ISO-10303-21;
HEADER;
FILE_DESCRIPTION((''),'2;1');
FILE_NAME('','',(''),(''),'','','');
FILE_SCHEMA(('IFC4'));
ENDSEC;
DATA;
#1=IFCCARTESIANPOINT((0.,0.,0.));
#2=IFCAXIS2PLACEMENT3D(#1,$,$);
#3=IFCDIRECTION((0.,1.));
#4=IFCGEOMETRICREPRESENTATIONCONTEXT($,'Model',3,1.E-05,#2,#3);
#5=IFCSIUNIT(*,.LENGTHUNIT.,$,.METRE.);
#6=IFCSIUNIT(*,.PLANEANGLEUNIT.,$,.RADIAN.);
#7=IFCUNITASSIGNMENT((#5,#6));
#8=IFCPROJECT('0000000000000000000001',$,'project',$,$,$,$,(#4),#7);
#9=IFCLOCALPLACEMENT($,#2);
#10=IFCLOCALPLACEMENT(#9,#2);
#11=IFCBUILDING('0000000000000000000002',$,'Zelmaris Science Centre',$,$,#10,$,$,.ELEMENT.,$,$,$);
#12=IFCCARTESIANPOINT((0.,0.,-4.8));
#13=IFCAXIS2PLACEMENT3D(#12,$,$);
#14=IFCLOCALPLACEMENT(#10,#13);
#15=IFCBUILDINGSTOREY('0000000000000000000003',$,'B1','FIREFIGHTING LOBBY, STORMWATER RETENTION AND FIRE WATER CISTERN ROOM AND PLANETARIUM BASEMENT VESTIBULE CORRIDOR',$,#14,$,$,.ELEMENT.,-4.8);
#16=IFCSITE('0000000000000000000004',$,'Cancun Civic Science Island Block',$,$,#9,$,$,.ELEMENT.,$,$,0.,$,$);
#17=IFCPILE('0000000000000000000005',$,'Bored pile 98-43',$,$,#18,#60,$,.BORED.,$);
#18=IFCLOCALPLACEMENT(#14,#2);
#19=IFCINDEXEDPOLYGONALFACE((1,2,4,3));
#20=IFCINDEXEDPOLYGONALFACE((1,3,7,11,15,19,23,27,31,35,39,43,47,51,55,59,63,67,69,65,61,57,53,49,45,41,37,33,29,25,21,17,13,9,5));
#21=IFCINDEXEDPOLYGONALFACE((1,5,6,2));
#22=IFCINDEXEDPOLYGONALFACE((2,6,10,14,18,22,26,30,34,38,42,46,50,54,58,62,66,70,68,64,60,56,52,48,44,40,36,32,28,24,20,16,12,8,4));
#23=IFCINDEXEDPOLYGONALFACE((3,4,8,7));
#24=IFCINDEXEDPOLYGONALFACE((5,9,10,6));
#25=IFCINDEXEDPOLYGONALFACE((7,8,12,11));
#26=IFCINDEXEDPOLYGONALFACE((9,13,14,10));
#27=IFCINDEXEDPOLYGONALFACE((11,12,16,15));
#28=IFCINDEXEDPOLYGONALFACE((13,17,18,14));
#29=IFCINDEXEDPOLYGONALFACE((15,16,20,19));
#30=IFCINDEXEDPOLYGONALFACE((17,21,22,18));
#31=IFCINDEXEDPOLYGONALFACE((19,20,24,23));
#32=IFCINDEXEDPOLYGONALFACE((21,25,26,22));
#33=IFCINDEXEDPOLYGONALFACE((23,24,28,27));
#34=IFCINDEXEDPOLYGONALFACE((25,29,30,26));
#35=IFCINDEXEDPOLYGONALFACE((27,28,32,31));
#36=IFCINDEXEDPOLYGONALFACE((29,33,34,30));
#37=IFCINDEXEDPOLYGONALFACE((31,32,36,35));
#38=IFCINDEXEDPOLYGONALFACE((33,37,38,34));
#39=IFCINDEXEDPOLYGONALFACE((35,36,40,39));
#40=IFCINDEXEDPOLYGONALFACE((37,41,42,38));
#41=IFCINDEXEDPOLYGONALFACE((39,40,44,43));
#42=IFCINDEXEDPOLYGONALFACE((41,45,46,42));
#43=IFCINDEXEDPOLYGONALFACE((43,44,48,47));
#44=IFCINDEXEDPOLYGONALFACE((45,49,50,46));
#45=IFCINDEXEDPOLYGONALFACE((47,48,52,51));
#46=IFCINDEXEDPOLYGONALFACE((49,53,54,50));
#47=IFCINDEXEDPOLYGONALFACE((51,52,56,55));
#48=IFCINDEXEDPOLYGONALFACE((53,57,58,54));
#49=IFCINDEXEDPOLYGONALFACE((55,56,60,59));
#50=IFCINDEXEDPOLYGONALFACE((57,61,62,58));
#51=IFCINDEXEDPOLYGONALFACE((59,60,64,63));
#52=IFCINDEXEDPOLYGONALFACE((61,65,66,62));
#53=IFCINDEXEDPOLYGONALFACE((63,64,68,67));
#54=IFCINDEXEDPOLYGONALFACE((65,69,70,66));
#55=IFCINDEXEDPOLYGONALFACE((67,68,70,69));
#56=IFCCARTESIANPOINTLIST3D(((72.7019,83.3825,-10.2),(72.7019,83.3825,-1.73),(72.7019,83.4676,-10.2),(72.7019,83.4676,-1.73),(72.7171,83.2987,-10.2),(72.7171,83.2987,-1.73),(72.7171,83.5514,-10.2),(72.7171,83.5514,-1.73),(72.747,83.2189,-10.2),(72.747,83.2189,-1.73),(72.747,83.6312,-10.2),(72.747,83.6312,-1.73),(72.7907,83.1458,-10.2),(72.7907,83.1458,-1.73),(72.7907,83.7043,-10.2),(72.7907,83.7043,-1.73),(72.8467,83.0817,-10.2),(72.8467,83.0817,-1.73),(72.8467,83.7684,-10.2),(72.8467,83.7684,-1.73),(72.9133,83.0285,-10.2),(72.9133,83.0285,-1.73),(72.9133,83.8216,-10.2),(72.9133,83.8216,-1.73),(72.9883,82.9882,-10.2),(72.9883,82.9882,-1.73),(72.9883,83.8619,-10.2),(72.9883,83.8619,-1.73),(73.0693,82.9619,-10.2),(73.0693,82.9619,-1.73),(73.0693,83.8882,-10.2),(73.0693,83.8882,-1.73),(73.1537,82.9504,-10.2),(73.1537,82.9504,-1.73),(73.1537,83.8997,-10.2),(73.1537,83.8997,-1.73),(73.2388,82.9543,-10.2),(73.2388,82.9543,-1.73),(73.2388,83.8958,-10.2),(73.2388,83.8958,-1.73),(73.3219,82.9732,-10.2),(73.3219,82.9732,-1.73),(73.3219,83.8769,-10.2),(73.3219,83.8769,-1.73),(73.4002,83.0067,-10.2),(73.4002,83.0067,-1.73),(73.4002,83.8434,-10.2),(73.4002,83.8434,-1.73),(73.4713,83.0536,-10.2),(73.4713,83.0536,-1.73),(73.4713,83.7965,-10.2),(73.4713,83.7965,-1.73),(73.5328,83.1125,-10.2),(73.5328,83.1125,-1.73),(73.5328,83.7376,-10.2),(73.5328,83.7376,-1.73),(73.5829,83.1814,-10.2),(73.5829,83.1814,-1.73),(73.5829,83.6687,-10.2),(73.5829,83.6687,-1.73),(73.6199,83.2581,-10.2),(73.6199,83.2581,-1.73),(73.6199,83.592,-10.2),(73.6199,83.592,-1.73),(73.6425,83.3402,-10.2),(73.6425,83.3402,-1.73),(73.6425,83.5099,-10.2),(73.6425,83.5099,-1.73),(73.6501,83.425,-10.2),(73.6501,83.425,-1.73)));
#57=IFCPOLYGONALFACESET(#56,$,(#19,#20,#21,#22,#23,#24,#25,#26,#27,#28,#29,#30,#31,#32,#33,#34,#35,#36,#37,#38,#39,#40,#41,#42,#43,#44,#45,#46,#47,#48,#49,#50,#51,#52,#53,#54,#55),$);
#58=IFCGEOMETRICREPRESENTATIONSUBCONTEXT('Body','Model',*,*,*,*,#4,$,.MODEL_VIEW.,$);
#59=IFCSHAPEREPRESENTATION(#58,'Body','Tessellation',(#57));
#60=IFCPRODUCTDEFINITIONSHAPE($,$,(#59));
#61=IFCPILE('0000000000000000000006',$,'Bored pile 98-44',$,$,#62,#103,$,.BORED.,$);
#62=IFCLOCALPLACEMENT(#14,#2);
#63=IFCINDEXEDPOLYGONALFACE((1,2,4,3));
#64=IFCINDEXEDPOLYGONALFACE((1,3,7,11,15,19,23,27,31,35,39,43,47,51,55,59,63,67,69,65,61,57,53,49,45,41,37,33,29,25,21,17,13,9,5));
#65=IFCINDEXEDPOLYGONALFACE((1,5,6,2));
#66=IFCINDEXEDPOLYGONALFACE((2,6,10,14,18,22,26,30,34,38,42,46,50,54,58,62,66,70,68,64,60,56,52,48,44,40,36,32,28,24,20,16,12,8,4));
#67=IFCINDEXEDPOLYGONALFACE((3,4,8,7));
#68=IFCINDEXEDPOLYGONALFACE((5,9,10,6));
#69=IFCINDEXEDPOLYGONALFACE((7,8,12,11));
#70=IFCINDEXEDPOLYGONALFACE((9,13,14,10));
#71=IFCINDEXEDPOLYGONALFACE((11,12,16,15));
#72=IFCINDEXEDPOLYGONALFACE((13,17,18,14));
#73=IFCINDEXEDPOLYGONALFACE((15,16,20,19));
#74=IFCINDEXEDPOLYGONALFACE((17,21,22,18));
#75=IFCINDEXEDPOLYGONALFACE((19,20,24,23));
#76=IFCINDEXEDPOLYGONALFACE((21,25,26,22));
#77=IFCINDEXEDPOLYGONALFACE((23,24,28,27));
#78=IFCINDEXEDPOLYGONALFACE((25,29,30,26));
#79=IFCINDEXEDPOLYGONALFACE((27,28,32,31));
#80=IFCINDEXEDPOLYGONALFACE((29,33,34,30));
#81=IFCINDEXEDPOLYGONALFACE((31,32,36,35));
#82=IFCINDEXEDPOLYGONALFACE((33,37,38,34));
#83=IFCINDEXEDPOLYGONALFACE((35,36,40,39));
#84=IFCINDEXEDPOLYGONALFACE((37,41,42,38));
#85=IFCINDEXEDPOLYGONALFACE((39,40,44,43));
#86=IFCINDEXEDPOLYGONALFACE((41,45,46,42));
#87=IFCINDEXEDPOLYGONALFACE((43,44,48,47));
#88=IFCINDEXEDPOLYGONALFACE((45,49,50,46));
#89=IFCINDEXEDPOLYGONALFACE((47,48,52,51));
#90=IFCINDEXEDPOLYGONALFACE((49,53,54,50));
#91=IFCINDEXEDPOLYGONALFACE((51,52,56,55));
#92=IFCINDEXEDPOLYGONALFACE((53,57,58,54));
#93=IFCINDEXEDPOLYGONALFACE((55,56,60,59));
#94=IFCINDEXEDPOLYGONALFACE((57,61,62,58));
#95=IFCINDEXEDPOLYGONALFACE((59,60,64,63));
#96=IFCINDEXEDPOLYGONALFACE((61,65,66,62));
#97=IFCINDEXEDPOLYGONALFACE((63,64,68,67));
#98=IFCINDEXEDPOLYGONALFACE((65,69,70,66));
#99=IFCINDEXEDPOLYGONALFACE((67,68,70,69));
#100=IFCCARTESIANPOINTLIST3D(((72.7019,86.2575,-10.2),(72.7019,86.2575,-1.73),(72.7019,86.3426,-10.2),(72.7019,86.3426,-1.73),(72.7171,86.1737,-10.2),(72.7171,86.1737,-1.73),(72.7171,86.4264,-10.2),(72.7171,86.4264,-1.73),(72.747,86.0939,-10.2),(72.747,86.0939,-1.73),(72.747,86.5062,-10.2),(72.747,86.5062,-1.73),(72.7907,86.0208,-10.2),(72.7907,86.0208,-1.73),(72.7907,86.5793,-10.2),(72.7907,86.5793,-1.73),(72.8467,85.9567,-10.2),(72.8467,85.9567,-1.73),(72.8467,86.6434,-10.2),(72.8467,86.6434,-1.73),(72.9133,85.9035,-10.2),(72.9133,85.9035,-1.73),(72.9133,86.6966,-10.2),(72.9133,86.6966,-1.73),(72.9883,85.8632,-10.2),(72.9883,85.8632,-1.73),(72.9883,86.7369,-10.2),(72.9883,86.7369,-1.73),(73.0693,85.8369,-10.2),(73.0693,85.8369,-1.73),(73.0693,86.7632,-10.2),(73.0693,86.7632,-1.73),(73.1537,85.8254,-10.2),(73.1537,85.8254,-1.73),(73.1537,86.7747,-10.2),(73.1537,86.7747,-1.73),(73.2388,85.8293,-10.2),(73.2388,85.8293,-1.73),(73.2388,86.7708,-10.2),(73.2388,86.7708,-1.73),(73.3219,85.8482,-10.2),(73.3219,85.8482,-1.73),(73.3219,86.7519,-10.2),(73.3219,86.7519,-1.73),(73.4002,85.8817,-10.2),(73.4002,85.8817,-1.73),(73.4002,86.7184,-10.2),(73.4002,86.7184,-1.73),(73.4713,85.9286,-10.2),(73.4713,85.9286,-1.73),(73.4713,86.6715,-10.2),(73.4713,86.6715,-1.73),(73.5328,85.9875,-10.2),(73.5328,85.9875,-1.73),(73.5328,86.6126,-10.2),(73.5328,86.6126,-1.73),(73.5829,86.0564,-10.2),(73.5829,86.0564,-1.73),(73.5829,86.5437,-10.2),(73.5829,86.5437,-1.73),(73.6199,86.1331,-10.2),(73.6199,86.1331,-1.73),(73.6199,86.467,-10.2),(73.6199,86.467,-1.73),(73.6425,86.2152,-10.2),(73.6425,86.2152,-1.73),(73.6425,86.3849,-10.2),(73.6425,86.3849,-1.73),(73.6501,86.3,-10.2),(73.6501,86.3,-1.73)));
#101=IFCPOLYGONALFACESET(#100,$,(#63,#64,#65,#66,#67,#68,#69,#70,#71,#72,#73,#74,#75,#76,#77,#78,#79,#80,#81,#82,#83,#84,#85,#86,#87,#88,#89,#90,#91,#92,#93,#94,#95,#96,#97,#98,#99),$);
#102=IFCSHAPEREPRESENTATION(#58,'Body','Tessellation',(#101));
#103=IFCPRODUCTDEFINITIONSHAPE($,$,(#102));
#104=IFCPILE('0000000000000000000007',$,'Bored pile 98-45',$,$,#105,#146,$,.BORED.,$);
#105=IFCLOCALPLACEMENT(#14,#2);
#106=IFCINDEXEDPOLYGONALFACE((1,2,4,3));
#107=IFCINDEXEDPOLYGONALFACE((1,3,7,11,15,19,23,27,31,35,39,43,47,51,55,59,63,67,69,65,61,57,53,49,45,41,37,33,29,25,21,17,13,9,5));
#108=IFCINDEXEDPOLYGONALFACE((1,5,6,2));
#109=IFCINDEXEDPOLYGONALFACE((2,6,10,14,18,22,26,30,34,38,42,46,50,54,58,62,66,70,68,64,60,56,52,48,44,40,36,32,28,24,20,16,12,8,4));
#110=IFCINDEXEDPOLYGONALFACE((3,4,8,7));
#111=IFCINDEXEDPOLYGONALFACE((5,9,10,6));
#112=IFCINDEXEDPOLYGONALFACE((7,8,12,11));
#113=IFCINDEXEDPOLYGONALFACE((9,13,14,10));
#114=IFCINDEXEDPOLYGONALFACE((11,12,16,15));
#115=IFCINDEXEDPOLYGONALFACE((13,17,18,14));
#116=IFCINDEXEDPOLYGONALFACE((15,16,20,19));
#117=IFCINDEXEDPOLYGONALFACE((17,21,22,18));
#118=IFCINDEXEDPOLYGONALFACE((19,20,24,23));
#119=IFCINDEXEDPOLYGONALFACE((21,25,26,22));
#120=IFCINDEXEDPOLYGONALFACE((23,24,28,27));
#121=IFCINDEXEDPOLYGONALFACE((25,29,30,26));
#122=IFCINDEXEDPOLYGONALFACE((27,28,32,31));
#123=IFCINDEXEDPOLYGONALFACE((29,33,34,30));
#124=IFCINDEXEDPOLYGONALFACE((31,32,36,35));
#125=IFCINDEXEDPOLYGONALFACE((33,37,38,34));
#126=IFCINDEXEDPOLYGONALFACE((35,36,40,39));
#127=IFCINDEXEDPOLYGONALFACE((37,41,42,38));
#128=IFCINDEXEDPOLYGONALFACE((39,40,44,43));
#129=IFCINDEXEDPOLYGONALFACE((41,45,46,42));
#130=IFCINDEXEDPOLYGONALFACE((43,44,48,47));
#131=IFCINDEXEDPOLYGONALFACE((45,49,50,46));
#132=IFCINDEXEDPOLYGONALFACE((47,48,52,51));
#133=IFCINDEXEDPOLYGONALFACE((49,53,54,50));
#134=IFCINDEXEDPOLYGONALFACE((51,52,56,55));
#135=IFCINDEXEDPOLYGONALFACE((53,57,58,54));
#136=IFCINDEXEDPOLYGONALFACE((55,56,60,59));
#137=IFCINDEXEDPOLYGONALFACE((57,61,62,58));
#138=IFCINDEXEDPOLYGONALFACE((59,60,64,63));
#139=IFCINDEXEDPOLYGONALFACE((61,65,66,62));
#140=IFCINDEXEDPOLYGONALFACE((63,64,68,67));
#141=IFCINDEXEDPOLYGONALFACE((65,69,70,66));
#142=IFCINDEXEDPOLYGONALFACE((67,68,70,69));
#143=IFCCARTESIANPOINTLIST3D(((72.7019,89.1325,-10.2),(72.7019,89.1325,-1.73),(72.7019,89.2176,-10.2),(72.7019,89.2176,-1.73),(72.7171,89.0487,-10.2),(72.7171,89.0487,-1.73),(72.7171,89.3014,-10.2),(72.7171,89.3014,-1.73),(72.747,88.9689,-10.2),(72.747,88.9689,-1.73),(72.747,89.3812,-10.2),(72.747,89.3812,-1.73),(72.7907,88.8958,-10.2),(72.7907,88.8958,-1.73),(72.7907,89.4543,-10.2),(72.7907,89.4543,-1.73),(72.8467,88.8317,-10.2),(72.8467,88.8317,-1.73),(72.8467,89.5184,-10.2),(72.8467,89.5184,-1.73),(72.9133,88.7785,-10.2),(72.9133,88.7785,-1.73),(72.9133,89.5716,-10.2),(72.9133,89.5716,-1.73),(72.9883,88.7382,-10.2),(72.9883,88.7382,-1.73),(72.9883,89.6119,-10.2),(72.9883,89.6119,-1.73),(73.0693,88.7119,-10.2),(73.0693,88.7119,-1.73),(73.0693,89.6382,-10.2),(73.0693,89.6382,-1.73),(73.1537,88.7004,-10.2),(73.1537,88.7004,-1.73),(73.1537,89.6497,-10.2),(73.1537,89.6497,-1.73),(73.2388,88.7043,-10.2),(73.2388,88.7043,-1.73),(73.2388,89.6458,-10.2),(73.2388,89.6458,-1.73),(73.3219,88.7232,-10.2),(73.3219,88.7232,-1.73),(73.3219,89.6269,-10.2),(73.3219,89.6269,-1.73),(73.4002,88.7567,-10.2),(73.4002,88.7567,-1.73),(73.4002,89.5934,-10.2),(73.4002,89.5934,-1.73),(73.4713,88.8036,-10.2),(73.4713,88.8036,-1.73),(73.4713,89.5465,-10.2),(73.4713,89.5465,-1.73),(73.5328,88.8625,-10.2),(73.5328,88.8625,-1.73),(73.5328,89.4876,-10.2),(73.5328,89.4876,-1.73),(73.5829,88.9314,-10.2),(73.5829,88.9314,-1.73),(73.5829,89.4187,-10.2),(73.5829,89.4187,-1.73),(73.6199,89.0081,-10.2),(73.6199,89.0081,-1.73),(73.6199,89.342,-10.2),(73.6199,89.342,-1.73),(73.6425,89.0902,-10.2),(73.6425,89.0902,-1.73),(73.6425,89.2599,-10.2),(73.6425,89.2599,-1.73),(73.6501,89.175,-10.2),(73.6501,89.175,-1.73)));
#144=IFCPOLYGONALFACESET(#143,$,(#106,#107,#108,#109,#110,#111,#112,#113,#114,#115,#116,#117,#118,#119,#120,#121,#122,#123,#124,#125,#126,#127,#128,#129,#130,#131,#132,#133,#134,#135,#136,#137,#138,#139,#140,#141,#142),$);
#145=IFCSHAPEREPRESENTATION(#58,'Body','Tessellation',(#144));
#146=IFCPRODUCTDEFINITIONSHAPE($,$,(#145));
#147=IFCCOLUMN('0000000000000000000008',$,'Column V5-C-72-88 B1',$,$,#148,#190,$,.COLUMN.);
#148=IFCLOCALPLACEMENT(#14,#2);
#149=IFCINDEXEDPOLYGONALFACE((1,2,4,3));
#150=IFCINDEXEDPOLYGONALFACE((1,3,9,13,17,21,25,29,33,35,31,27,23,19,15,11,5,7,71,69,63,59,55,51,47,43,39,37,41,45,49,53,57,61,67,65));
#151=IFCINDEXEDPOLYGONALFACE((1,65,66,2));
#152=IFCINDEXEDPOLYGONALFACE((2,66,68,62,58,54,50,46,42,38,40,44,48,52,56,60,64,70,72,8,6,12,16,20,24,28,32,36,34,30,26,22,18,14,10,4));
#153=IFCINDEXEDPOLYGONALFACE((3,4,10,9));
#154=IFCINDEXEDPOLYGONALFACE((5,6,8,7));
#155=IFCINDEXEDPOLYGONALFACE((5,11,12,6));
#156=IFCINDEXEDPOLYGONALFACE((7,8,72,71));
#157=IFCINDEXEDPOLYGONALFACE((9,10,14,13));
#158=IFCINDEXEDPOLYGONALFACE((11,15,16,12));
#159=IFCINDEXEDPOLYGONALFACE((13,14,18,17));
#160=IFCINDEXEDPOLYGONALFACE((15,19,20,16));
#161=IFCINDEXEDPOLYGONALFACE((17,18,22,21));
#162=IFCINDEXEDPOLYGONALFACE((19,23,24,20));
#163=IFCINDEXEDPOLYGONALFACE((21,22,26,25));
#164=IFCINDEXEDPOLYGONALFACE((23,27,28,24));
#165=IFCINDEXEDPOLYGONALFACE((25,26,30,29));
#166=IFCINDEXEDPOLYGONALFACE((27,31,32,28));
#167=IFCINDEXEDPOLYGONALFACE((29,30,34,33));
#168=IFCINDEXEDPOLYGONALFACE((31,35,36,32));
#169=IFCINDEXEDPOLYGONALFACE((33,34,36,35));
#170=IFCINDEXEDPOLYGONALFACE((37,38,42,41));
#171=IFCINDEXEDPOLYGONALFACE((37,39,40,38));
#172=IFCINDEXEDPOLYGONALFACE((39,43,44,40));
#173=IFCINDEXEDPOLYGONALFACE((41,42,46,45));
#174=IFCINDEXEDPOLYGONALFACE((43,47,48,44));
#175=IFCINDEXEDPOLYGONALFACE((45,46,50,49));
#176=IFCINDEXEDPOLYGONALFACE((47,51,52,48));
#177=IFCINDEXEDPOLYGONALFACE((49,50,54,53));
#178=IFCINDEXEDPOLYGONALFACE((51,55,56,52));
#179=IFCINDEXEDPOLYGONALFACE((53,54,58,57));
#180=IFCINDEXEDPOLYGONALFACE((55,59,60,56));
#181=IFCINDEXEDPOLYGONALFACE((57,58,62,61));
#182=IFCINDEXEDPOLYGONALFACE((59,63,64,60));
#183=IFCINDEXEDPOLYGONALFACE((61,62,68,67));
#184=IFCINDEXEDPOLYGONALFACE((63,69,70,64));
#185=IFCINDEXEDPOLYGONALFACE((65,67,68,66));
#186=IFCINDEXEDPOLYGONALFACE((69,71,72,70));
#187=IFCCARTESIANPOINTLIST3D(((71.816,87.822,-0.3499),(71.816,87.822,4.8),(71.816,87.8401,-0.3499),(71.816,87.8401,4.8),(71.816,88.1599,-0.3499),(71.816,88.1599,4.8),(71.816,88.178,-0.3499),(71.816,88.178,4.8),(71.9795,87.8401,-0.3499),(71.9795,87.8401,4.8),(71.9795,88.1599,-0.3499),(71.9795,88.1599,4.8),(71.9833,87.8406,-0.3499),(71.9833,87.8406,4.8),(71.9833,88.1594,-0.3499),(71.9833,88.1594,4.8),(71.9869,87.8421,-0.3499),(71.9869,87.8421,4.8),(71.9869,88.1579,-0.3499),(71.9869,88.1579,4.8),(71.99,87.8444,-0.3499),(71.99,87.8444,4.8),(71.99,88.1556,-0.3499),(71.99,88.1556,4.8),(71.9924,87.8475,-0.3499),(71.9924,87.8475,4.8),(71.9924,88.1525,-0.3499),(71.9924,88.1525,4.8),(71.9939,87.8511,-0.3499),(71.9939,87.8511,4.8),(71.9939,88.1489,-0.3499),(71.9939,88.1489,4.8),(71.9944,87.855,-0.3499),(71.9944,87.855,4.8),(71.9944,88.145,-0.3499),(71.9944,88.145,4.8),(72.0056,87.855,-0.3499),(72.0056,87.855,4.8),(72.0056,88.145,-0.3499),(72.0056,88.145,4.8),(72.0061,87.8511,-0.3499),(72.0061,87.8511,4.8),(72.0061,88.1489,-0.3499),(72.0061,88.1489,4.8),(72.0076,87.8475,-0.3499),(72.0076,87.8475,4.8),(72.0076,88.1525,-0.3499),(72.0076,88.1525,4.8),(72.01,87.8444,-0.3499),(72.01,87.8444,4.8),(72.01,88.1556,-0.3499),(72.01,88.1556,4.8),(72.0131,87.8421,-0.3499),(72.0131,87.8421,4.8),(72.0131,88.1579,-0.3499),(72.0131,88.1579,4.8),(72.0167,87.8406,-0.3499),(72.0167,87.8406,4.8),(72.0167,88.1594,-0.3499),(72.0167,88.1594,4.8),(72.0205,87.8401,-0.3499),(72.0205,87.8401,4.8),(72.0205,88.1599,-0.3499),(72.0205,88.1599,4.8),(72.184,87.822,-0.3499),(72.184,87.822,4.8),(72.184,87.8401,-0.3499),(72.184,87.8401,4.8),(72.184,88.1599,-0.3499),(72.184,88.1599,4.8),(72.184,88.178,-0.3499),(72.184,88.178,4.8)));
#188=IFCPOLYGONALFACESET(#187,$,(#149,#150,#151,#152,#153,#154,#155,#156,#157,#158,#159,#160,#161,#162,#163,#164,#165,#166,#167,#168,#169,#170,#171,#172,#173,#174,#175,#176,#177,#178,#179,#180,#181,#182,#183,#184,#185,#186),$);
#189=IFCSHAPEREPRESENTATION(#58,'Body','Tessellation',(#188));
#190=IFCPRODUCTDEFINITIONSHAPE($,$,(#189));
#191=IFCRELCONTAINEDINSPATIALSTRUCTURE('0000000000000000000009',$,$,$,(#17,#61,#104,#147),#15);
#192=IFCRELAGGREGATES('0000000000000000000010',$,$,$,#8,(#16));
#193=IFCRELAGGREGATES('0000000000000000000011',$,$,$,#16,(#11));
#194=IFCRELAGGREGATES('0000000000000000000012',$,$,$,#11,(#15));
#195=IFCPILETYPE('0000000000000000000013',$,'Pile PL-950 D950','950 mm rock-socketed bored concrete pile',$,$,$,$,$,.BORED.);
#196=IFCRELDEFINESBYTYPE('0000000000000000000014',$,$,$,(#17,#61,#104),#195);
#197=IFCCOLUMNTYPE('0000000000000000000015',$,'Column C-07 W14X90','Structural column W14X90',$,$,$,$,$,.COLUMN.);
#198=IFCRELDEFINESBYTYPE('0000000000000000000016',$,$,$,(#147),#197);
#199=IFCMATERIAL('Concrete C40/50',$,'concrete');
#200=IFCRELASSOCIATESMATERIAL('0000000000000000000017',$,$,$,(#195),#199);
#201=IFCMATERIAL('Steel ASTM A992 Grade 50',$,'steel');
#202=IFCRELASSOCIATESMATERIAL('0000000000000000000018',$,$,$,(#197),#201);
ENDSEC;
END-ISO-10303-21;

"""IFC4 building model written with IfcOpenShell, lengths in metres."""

from ifc_helpers import new_model, si_unit, direction, frame, origin, origin_2d, place, context, subcontext, project, spatial, circle, i_section, extrude, material, material_profile, profile_set, type_object, element, save


model = new_model("IFC4")

# Units and contexts
model_context = context("Model", 3, precision=1e-05, world=origin(), true_north=direction((0.0, 1.0)))
body_context = subcontext(model_context, "Body", "Model", "MODEL_VIEW")
ifc_project = project(units=[si_unit("LENGTHUNIT", "METRE"), si_unit("PLANEANGLEUNIT", "RADIAN")], contexts=[model_context])

# Site, building, storey
site_placement = place(None, origin())
site = spatial("IfcSite", under=ifc_project, at=site_placement, Name="Cancun Civic Science Island Block", CompositionType="ELEMENT", RefElevation=0.0)
building_placement = place(site_placement, origin())
building = spatial("IfcBuilding", under=site, at=building_placement, Name="Zelmaris Science Centre", CompositionType="ELEMENT")
storey_placement = place(building_placement, frame((0.0, 0.0, -4.8)))
storey = spatial("IfcBuildingStorey", under=building, at=storey_placement, Name="B1", Description="FIREFIGHTING LOBBY, STORMWATER RETENTION AND FIRE WATER CISTERN ROOM AND PLANETARIUM BASEMENT VESTIBULE CORRIDOR", CompositionType="ELEMENT", Elevation=-4.8)

# Shared definitions
ifc_material_1 = material(Name="Concrete C40/50", Category="concrete")

# Piles
ifc_material_profile_1 = material_profile(ifc_material_1, circle(Radius=0.4751, at=origin_2d()), Name="PILE-950")
ifc_profile_set_1 = profile_set([ifc_material_profile_1], Name="Concrete C40/50")
pile_type_1 = type_object("IfcPileType", Name="Pile PL-950 D950", Description="950 mm rock-socketed bored concrete pile", PredefinedType="BORED", material=ifc_profile_set_1)
for number, where, z_axis, x_axis, name in (
    (1, (73.175, 83.425, -1.73), (0.0, 0.0, -1.0), (1.0, 0.0, 0.0), "Bored pile 98-43"),
    (2, (73.175, 86.3, -1.73), (0.0, 0.0, -1.0), (1.0, 0.0, 0.0), "Bored pile 98-44"),
    (3, (73.175, 89.175, -1.73), (0.0, 0.0, -1.0), (1.0, 0.0, 0.0), "Bored pile 98-45"),
):
    element("IfcPile", number, at=place(storey_placement, frame(where, z_axis=z_axis, x_axis=x_axis)), inside=storey, type_object=pile_type_1, Name=name, PredefinedType="BORED", context=body_context, shape_type="SweptSolid", body=[
        extrude(circle(Radius=0.4751, at=origin_2d()), origin(), (0.0, 0.0, 1.0), 8.47),
    ])

# Column
ifc_material_2 = material(Name="Steel ASTM A992 Grade 50", Category="steel")
ifc_material_profile_2 = material_profile(ifc_material_2, i_section(OverallWidth=0.3679, OverallDepth=0.356, WebThickness=0.0112, FlangeThickness=0.0181, FilletRadius=0.0149, at=origin_2d()), Name="W14X90")
ifc_profile_set_2 = profile_set([ifc_material_profile_2], Name="Steel ASTM A992 Grade 50")
column_type = type_object("IfcColumnType", Name="Column C-07 W14X90", Description="Structural column W14X90", PredefinedType="COLUMN", material=ifc_profile_set_2)
for number, where, z_axis, x_axis, name in (
    (4, (72.0, 88.0, -0.3499), (0.0, 0.0, 1.0), (1.0, 0.0, 0.0), "Column V5-C-72-88 B1"),
):
    element("IfcColumn", number, at=place(storey_placement, frame(where, z_axis=z_axis, x_axis=x_axis)), inside=storey, type_object=column_type, Name=name, PredefinedType="COLUMN", context=body_context, shape_type="SweptSolid", body=[
        extrude(i_section(OverallWidth=0.3679, OverallDepth=0.356, WebThickness=0.0112, FlangeThickness=0.0181, FilletRadius=0.0149, at=origin_2d()), origin(), (0.0, 0.0, 1.0), 5.1499),
    ])

save(model, "model.ifc")
